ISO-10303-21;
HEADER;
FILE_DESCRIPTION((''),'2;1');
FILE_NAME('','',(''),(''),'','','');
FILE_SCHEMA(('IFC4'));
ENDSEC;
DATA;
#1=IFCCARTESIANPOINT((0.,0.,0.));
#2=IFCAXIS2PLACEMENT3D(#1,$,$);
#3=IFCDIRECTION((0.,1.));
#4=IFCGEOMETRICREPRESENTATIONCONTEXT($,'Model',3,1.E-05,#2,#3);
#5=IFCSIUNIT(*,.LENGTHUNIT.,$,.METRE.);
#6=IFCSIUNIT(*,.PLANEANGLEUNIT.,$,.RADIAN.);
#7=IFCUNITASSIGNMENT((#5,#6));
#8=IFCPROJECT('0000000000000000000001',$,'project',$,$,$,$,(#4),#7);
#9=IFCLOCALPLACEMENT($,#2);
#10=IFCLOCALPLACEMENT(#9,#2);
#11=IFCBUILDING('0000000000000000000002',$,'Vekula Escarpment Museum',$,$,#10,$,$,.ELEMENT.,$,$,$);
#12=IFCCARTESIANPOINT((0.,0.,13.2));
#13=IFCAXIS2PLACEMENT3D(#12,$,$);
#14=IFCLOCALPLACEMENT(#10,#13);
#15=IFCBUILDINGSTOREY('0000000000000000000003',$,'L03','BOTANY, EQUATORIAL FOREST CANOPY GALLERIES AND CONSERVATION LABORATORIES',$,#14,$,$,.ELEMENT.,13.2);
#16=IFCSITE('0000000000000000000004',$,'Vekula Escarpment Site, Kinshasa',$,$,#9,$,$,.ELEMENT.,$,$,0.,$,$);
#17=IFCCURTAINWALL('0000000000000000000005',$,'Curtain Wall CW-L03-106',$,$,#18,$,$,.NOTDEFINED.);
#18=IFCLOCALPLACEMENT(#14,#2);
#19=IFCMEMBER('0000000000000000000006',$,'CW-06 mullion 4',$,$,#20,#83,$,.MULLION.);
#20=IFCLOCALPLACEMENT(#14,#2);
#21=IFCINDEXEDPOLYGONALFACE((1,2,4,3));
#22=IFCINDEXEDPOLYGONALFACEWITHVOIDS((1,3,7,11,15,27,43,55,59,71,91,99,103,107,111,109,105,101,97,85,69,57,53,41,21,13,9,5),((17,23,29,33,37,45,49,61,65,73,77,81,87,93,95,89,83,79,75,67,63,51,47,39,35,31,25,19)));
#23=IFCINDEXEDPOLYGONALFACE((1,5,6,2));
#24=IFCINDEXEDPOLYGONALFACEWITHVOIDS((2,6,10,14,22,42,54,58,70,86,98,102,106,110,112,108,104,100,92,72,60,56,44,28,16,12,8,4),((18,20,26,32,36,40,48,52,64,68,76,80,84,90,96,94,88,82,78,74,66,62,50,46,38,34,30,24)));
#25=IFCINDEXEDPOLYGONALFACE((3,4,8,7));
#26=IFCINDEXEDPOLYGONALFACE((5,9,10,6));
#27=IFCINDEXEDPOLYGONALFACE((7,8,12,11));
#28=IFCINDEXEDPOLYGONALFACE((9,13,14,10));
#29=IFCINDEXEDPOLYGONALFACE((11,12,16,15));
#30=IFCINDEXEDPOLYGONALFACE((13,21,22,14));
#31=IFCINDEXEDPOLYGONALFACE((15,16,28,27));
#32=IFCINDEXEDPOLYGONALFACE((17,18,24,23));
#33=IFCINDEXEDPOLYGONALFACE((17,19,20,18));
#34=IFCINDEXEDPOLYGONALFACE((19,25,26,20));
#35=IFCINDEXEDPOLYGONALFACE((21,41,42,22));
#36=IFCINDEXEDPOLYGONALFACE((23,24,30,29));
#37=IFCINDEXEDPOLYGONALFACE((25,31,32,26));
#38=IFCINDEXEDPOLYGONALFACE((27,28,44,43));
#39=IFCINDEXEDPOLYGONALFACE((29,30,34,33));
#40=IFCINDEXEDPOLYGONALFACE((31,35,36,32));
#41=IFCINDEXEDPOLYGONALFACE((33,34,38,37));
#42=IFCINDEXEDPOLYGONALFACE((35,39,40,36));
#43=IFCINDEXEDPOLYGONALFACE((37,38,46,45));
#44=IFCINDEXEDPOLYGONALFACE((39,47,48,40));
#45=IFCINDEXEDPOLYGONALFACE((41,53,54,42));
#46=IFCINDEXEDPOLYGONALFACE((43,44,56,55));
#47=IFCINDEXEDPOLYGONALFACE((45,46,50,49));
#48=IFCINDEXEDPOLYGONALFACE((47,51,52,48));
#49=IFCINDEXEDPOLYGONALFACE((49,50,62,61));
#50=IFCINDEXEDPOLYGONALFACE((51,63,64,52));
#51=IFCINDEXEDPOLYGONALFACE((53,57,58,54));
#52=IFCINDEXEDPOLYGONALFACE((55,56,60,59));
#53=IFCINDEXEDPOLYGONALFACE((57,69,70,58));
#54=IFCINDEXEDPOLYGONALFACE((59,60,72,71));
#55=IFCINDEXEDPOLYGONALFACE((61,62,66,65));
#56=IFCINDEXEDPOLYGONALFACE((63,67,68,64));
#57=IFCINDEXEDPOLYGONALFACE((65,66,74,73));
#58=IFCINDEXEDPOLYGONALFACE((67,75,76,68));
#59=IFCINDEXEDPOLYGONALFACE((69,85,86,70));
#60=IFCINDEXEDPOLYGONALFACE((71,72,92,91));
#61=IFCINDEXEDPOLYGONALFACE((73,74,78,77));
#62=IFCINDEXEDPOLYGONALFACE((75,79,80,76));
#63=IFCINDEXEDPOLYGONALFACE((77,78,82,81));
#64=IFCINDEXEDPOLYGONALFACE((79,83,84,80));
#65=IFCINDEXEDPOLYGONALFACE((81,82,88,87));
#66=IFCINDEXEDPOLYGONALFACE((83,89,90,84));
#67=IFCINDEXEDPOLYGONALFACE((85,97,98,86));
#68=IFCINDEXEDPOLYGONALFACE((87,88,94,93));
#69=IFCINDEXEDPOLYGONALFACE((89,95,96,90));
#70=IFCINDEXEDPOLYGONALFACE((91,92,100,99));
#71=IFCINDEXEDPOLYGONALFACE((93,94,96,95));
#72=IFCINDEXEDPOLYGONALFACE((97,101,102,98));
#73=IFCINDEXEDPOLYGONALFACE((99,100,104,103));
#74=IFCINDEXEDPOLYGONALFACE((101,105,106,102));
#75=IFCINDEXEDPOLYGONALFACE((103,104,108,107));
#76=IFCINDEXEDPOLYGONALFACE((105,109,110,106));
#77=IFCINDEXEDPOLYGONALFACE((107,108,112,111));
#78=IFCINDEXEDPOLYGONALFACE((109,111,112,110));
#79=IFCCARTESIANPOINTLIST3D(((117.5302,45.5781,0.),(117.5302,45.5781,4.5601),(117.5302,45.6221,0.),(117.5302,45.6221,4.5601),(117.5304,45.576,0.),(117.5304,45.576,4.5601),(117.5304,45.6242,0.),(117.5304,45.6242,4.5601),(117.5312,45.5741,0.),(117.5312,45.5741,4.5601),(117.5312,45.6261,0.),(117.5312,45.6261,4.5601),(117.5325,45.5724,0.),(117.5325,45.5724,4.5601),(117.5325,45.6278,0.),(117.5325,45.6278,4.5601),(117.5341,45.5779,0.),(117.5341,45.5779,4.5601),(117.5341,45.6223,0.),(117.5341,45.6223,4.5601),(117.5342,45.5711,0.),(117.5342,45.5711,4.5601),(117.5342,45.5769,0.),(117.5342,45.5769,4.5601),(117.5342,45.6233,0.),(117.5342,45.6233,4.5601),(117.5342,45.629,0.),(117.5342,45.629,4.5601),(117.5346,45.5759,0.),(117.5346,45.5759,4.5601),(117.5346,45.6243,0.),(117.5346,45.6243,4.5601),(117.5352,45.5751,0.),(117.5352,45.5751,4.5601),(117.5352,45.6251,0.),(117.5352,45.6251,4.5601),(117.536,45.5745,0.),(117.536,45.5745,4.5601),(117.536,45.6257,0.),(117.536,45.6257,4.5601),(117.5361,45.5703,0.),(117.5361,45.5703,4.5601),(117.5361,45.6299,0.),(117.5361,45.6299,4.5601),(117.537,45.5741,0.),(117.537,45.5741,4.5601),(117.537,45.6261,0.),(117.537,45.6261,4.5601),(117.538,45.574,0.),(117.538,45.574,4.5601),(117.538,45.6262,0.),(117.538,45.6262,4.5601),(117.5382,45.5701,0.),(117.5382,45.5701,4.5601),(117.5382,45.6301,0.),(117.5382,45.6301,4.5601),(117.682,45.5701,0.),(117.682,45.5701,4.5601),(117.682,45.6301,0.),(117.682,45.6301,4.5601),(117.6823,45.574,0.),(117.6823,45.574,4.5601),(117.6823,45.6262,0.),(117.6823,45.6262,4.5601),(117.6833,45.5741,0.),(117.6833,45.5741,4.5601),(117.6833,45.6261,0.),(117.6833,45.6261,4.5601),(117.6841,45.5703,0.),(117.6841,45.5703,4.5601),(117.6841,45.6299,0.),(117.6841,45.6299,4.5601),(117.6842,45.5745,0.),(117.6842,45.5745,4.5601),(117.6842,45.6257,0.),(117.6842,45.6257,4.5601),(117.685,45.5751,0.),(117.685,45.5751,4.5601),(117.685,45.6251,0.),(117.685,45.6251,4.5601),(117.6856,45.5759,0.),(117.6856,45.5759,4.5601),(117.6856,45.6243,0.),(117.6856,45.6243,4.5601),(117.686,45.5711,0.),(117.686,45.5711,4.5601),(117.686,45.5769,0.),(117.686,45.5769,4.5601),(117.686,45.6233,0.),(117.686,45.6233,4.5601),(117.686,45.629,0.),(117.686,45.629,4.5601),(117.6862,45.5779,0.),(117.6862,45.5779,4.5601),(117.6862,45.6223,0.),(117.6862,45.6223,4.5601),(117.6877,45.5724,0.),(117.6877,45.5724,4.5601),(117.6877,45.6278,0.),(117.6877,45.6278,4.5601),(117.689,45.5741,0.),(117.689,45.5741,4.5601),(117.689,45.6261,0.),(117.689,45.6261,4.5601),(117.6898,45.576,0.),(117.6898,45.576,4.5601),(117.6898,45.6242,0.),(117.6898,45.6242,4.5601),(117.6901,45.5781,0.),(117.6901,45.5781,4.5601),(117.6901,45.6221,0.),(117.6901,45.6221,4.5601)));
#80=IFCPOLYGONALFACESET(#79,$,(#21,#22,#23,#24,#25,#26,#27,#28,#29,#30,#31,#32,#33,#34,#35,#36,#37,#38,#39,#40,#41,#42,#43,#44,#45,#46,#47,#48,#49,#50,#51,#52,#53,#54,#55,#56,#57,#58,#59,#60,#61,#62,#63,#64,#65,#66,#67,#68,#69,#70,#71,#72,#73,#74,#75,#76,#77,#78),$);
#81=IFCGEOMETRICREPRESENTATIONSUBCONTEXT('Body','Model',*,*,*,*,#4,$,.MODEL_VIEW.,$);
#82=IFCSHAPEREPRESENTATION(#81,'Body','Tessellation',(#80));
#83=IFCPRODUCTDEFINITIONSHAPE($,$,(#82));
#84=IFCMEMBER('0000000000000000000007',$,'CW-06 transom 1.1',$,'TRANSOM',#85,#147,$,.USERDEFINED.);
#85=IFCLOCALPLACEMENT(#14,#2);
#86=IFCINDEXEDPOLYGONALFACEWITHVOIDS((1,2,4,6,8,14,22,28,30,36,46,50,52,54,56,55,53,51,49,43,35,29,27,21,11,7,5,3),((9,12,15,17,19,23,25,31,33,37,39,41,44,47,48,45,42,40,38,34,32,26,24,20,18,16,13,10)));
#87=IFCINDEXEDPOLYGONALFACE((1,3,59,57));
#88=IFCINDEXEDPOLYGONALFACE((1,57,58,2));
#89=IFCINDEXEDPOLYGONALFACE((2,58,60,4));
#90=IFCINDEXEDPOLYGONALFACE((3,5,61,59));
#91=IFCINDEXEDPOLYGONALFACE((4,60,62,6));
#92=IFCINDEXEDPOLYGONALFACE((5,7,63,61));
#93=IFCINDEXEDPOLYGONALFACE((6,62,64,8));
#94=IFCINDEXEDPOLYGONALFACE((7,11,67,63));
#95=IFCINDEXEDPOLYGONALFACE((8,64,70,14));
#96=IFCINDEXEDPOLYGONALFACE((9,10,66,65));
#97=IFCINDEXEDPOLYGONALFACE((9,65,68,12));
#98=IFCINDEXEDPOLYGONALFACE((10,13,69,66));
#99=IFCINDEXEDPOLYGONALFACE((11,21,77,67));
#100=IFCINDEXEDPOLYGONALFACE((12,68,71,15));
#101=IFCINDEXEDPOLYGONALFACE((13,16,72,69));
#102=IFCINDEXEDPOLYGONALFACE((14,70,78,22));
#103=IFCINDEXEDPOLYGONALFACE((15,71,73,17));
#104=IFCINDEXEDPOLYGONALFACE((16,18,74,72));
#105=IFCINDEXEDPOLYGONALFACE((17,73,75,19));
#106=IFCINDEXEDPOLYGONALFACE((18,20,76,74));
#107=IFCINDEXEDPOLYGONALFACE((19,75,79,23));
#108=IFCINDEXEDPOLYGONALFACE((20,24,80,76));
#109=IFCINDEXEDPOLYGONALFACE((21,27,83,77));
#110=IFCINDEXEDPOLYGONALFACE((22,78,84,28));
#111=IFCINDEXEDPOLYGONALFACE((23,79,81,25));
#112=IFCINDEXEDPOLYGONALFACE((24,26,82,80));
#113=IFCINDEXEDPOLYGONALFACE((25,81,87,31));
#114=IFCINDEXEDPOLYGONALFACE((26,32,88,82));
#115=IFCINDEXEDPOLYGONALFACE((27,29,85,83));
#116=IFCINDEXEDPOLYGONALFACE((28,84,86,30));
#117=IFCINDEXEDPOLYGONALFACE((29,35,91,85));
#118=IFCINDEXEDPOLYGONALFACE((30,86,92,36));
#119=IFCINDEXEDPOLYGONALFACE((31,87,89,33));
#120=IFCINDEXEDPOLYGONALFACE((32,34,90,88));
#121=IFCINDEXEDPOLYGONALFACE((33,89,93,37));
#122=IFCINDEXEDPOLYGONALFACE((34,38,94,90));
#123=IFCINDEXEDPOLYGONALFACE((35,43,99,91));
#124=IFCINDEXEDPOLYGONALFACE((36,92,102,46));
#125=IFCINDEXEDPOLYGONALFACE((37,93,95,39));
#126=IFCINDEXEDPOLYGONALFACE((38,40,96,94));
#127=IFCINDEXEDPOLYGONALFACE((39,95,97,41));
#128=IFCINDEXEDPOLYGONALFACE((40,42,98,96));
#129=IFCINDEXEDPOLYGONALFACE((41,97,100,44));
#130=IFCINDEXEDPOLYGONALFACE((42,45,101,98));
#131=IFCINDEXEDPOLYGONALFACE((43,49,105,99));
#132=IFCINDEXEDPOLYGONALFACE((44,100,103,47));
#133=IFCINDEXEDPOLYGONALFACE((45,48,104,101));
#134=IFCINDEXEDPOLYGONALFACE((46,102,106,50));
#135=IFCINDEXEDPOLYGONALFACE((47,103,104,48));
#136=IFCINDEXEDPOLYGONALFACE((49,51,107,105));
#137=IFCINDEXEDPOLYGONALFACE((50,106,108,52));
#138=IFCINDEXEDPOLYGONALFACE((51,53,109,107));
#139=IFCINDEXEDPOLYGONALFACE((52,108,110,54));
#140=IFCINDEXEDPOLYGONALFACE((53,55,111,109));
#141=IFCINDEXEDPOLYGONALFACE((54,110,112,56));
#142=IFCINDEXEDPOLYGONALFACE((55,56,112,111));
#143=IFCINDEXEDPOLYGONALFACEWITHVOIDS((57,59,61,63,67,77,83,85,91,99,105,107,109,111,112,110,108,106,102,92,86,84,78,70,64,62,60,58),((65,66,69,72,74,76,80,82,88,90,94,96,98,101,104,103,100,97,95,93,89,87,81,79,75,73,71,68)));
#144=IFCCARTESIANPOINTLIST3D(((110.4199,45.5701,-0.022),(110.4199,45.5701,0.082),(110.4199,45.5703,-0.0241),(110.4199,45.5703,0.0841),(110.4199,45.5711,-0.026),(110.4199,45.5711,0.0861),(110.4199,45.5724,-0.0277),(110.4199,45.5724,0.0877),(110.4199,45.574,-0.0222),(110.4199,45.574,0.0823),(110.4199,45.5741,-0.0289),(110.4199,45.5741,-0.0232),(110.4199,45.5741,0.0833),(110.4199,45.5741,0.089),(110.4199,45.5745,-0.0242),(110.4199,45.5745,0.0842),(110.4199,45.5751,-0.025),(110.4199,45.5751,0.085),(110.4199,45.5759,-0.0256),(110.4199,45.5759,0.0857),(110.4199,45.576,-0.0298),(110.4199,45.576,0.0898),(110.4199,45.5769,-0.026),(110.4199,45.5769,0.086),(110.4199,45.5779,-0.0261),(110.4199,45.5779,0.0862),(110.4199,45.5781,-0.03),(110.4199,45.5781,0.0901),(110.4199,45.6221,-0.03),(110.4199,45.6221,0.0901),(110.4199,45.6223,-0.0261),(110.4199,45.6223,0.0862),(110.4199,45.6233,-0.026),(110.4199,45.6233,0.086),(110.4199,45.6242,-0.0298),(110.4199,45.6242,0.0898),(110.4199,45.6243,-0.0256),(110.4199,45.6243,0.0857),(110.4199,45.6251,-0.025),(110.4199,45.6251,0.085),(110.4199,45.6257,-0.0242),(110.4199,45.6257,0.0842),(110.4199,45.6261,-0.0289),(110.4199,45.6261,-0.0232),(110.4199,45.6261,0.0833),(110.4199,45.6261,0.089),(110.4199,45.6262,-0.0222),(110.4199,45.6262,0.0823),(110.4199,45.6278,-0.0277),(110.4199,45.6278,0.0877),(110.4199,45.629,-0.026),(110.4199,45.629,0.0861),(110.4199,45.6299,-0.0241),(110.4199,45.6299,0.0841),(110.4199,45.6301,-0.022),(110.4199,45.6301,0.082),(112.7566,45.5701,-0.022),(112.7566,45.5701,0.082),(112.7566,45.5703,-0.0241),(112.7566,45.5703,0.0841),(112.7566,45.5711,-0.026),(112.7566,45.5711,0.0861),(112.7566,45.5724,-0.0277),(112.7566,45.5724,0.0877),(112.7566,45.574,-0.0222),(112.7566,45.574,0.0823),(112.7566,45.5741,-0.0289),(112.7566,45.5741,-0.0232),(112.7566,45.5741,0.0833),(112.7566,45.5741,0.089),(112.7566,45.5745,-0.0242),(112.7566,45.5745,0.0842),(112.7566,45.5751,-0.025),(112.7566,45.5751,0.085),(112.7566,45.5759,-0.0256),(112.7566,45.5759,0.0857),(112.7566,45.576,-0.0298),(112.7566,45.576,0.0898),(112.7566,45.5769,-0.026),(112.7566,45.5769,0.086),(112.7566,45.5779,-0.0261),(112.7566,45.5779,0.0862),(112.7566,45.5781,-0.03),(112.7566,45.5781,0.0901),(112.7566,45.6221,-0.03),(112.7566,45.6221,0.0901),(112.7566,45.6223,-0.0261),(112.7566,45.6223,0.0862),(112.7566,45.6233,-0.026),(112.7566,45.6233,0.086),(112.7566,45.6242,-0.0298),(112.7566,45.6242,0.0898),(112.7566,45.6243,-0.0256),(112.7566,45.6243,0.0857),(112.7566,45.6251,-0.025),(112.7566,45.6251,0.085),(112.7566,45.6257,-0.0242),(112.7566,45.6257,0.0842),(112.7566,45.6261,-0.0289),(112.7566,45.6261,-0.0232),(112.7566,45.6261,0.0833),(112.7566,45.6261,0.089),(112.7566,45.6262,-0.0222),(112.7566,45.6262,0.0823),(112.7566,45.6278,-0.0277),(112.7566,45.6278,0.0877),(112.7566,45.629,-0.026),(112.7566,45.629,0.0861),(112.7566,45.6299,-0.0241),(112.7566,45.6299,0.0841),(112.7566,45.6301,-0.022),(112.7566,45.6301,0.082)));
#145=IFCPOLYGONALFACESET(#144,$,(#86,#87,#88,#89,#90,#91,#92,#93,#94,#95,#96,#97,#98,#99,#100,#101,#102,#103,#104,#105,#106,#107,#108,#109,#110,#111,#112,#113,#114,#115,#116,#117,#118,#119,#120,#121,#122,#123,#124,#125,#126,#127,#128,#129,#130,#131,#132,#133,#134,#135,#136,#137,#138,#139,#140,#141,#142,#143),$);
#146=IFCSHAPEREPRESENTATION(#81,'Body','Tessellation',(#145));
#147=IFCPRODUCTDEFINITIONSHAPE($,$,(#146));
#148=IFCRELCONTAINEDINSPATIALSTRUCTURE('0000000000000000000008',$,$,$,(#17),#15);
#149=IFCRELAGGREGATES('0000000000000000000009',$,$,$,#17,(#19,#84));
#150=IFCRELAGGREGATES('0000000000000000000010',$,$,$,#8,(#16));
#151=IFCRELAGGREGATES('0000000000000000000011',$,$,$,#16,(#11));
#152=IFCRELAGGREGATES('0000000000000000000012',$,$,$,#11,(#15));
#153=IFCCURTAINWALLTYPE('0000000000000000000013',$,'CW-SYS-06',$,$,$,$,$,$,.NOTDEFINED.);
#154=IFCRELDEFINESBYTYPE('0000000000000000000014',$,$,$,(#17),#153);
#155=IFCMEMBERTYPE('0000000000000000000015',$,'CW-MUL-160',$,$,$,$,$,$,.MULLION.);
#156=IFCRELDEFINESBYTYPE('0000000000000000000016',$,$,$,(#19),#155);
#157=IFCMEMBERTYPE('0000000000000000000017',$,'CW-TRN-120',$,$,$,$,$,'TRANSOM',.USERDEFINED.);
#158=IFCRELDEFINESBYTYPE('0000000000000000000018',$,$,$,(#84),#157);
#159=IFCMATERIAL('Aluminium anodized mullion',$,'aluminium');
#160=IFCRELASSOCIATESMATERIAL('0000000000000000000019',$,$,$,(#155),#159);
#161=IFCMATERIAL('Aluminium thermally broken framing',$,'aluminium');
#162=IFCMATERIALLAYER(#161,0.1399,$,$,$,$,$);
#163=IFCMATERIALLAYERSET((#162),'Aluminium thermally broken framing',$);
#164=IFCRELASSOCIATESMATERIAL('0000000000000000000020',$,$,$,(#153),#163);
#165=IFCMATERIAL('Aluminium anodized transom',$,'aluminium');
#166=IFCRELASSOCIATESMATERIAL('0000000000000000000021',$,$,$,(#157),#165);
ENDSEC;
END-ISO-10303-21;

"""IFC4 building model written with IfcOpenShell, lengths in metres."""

from ifc_helpers import new_model, si_unit, direction, frame, origin, origin_2d, place, context, subcontext, project, spatial, hollow_rectangle, extrude, material, layer, layer_set, material_profile, profile_set, type_object, element, aggregate, save


model = new_model("IFC4")

# Units and contexts
model_context = context("Model", 3, precision=1e-05, world=origin(), true_north=direction((0.0, 1.0)))
body_context = subcontext(model_context, "Body", "Model", "MODEL_VIEW")
ifc_project = project(units=[si_unit("LENGTHUNIT", "METRE"), si_unit("PLANEANGLEUNIT", "RADIAN")], contexts=[model_context])

# Site, building, storey
site_placement = place(None, origin())
site = spatial("IfcSite", under=ifc_project, at=site_placement, Name="Vekula Escarpment Site, Kinshasa", CompositionType="ELEMENT", RefElevation=0.0)
building_placement = place(site_placement, origin())
building = spatial("IfcBuilding", under=site, at=building_placement, Name="Vekula Escarpment Museum", CompositionType="ELEMENT")
storey_placement = place(building_placement, frame((0.0, 0.0, 13.2)))
storey = spatial("IfcBuildingStorey", under=building, at=storey_placement, Name="L03", Description="BOTANY, EQUATORIAL FOREST CANOPY GALLERIES AND CONSERVATION LABORATORIES", CompositionType="ELEMENT", Elevation=13.2)

# Shared definitions
ifc_material_1 = material(Name="Aluminium anodized mullion", Category="aluminium")
ifc_material_profile_1 = material_profile(ifc_material_1, hollow_rectangle(XDim=0.0601, YDim=0.1599, WallThickness=0.0039, InnerFilletRadius=0.0039, OuterFilletRadius=0.0081, at=origin_2d()), Name="ALU 160x60x4")
ifc_profile_set_1 = profile_set([ifc_material_profile_1], Name="Aluminium anodized mullion")
member_type_1 = type_object("IfcMemberType", Name="CW-MUL-160", PredefinedType="MULLION", material=ifc_profile_set_1)

# Curtain wall, members
ifc_material_2 = material(Name="Aluminium thermally broken framing", Category="aluminium")
ifc_layer_1 = layer(ifc_material_2, 0.1399)
ifc_layer_set_1 = layer_set([ifc_layer_1], Name="Aluminium thermally broken framing")
curtain_wall_type_1 = type_object("IfcCurtainWallType", Name="CW-SYS-06", PredefinedType="NOTDEFINED", material=ifc_layer_set_1)
curtain_wall_1_placement = place(storey_placement, origin())
curtain_wall_1 = element("IfcCurtainWall", 1, at=curtain_wall_1_placement, inside=storey, type_object=curtain_wall_type_1, Name="Curtain Wall CW-L03-106", PredefinedType="NOTDEFINED")
member_1_placement = place(storey_placement, frame((117.6101, 45.6001, 0.0), z_axis=(0.0, 0.0, 1.0), x_axis=(0.0, 1.0, 0.0)))
member_1 = element("IfcMember", 2, at=member_1_placement, type_object=member_type_1, Name="CW-06 mullion 4", PredefinedType="MULLION", context=body_context, shape_type="SweptSolid", body=[
    extrude(hollow_rectangle(XDim=0.0601, YDim=0.1599, WallThickness=0.0039, InnerFilletRadius=0.0039, OuterFilletRadius=0.0081, at=origin_2d()), origin(), (0.0, 0.0, 1.0), 4.5601),
])
ifc_material_3 = material(Name="Aluminium anodized transom", Category="aluminium")
ifc_material_profile_2 = material_profile(ifc_material_3, hollow_rectangle(XDim=0.0601, YDim=0.1201, WallThickness=0.0039, InnerFilletRadius=0.0039, OuterFilletRadius=0.0081, at=origin_2d()), Name="ALU 120x60x4")
ifc_profile_set_2 = profile_set([ifc_material_profile_2], Name="Aluminium anodized transom")
member_type_2 = type_object("IfcMemberType", Name="CW-TRN-120", ElementType="TRANSOM", PredefinedType="USERDEFINED", material=ifc_profile_set_2)
member_2_placement = place(storey_placement, frame((110.4199, 45.6001, 0.03), z_axis=(1.0, 0.0, 0.0), x_axis=(0.0, 1.0, 0.0)))
member_2 = element("IfcMember", 3, at=member_2_placement, type_object=member_type_2, Name="CW-06 transom 1.1", ObjectType="TRANSOM", PredefinedType="USERDEFINED", context=body_context, shape_type="SweptSolid", body=[
    extrude(hollow_rectangle(XDim=0.0601, YDim=0.1201, WallThickness=0.0039, InnerFilletRadius=0.0039, OuterFilletRadius=0.0081, at=origin_2d()), origin(), (0.0, 0.0, 1.0), 2.3367),
])
aggregate(curtain_wall_1, [member_1, member_2])

save(model, "model.ifc")
